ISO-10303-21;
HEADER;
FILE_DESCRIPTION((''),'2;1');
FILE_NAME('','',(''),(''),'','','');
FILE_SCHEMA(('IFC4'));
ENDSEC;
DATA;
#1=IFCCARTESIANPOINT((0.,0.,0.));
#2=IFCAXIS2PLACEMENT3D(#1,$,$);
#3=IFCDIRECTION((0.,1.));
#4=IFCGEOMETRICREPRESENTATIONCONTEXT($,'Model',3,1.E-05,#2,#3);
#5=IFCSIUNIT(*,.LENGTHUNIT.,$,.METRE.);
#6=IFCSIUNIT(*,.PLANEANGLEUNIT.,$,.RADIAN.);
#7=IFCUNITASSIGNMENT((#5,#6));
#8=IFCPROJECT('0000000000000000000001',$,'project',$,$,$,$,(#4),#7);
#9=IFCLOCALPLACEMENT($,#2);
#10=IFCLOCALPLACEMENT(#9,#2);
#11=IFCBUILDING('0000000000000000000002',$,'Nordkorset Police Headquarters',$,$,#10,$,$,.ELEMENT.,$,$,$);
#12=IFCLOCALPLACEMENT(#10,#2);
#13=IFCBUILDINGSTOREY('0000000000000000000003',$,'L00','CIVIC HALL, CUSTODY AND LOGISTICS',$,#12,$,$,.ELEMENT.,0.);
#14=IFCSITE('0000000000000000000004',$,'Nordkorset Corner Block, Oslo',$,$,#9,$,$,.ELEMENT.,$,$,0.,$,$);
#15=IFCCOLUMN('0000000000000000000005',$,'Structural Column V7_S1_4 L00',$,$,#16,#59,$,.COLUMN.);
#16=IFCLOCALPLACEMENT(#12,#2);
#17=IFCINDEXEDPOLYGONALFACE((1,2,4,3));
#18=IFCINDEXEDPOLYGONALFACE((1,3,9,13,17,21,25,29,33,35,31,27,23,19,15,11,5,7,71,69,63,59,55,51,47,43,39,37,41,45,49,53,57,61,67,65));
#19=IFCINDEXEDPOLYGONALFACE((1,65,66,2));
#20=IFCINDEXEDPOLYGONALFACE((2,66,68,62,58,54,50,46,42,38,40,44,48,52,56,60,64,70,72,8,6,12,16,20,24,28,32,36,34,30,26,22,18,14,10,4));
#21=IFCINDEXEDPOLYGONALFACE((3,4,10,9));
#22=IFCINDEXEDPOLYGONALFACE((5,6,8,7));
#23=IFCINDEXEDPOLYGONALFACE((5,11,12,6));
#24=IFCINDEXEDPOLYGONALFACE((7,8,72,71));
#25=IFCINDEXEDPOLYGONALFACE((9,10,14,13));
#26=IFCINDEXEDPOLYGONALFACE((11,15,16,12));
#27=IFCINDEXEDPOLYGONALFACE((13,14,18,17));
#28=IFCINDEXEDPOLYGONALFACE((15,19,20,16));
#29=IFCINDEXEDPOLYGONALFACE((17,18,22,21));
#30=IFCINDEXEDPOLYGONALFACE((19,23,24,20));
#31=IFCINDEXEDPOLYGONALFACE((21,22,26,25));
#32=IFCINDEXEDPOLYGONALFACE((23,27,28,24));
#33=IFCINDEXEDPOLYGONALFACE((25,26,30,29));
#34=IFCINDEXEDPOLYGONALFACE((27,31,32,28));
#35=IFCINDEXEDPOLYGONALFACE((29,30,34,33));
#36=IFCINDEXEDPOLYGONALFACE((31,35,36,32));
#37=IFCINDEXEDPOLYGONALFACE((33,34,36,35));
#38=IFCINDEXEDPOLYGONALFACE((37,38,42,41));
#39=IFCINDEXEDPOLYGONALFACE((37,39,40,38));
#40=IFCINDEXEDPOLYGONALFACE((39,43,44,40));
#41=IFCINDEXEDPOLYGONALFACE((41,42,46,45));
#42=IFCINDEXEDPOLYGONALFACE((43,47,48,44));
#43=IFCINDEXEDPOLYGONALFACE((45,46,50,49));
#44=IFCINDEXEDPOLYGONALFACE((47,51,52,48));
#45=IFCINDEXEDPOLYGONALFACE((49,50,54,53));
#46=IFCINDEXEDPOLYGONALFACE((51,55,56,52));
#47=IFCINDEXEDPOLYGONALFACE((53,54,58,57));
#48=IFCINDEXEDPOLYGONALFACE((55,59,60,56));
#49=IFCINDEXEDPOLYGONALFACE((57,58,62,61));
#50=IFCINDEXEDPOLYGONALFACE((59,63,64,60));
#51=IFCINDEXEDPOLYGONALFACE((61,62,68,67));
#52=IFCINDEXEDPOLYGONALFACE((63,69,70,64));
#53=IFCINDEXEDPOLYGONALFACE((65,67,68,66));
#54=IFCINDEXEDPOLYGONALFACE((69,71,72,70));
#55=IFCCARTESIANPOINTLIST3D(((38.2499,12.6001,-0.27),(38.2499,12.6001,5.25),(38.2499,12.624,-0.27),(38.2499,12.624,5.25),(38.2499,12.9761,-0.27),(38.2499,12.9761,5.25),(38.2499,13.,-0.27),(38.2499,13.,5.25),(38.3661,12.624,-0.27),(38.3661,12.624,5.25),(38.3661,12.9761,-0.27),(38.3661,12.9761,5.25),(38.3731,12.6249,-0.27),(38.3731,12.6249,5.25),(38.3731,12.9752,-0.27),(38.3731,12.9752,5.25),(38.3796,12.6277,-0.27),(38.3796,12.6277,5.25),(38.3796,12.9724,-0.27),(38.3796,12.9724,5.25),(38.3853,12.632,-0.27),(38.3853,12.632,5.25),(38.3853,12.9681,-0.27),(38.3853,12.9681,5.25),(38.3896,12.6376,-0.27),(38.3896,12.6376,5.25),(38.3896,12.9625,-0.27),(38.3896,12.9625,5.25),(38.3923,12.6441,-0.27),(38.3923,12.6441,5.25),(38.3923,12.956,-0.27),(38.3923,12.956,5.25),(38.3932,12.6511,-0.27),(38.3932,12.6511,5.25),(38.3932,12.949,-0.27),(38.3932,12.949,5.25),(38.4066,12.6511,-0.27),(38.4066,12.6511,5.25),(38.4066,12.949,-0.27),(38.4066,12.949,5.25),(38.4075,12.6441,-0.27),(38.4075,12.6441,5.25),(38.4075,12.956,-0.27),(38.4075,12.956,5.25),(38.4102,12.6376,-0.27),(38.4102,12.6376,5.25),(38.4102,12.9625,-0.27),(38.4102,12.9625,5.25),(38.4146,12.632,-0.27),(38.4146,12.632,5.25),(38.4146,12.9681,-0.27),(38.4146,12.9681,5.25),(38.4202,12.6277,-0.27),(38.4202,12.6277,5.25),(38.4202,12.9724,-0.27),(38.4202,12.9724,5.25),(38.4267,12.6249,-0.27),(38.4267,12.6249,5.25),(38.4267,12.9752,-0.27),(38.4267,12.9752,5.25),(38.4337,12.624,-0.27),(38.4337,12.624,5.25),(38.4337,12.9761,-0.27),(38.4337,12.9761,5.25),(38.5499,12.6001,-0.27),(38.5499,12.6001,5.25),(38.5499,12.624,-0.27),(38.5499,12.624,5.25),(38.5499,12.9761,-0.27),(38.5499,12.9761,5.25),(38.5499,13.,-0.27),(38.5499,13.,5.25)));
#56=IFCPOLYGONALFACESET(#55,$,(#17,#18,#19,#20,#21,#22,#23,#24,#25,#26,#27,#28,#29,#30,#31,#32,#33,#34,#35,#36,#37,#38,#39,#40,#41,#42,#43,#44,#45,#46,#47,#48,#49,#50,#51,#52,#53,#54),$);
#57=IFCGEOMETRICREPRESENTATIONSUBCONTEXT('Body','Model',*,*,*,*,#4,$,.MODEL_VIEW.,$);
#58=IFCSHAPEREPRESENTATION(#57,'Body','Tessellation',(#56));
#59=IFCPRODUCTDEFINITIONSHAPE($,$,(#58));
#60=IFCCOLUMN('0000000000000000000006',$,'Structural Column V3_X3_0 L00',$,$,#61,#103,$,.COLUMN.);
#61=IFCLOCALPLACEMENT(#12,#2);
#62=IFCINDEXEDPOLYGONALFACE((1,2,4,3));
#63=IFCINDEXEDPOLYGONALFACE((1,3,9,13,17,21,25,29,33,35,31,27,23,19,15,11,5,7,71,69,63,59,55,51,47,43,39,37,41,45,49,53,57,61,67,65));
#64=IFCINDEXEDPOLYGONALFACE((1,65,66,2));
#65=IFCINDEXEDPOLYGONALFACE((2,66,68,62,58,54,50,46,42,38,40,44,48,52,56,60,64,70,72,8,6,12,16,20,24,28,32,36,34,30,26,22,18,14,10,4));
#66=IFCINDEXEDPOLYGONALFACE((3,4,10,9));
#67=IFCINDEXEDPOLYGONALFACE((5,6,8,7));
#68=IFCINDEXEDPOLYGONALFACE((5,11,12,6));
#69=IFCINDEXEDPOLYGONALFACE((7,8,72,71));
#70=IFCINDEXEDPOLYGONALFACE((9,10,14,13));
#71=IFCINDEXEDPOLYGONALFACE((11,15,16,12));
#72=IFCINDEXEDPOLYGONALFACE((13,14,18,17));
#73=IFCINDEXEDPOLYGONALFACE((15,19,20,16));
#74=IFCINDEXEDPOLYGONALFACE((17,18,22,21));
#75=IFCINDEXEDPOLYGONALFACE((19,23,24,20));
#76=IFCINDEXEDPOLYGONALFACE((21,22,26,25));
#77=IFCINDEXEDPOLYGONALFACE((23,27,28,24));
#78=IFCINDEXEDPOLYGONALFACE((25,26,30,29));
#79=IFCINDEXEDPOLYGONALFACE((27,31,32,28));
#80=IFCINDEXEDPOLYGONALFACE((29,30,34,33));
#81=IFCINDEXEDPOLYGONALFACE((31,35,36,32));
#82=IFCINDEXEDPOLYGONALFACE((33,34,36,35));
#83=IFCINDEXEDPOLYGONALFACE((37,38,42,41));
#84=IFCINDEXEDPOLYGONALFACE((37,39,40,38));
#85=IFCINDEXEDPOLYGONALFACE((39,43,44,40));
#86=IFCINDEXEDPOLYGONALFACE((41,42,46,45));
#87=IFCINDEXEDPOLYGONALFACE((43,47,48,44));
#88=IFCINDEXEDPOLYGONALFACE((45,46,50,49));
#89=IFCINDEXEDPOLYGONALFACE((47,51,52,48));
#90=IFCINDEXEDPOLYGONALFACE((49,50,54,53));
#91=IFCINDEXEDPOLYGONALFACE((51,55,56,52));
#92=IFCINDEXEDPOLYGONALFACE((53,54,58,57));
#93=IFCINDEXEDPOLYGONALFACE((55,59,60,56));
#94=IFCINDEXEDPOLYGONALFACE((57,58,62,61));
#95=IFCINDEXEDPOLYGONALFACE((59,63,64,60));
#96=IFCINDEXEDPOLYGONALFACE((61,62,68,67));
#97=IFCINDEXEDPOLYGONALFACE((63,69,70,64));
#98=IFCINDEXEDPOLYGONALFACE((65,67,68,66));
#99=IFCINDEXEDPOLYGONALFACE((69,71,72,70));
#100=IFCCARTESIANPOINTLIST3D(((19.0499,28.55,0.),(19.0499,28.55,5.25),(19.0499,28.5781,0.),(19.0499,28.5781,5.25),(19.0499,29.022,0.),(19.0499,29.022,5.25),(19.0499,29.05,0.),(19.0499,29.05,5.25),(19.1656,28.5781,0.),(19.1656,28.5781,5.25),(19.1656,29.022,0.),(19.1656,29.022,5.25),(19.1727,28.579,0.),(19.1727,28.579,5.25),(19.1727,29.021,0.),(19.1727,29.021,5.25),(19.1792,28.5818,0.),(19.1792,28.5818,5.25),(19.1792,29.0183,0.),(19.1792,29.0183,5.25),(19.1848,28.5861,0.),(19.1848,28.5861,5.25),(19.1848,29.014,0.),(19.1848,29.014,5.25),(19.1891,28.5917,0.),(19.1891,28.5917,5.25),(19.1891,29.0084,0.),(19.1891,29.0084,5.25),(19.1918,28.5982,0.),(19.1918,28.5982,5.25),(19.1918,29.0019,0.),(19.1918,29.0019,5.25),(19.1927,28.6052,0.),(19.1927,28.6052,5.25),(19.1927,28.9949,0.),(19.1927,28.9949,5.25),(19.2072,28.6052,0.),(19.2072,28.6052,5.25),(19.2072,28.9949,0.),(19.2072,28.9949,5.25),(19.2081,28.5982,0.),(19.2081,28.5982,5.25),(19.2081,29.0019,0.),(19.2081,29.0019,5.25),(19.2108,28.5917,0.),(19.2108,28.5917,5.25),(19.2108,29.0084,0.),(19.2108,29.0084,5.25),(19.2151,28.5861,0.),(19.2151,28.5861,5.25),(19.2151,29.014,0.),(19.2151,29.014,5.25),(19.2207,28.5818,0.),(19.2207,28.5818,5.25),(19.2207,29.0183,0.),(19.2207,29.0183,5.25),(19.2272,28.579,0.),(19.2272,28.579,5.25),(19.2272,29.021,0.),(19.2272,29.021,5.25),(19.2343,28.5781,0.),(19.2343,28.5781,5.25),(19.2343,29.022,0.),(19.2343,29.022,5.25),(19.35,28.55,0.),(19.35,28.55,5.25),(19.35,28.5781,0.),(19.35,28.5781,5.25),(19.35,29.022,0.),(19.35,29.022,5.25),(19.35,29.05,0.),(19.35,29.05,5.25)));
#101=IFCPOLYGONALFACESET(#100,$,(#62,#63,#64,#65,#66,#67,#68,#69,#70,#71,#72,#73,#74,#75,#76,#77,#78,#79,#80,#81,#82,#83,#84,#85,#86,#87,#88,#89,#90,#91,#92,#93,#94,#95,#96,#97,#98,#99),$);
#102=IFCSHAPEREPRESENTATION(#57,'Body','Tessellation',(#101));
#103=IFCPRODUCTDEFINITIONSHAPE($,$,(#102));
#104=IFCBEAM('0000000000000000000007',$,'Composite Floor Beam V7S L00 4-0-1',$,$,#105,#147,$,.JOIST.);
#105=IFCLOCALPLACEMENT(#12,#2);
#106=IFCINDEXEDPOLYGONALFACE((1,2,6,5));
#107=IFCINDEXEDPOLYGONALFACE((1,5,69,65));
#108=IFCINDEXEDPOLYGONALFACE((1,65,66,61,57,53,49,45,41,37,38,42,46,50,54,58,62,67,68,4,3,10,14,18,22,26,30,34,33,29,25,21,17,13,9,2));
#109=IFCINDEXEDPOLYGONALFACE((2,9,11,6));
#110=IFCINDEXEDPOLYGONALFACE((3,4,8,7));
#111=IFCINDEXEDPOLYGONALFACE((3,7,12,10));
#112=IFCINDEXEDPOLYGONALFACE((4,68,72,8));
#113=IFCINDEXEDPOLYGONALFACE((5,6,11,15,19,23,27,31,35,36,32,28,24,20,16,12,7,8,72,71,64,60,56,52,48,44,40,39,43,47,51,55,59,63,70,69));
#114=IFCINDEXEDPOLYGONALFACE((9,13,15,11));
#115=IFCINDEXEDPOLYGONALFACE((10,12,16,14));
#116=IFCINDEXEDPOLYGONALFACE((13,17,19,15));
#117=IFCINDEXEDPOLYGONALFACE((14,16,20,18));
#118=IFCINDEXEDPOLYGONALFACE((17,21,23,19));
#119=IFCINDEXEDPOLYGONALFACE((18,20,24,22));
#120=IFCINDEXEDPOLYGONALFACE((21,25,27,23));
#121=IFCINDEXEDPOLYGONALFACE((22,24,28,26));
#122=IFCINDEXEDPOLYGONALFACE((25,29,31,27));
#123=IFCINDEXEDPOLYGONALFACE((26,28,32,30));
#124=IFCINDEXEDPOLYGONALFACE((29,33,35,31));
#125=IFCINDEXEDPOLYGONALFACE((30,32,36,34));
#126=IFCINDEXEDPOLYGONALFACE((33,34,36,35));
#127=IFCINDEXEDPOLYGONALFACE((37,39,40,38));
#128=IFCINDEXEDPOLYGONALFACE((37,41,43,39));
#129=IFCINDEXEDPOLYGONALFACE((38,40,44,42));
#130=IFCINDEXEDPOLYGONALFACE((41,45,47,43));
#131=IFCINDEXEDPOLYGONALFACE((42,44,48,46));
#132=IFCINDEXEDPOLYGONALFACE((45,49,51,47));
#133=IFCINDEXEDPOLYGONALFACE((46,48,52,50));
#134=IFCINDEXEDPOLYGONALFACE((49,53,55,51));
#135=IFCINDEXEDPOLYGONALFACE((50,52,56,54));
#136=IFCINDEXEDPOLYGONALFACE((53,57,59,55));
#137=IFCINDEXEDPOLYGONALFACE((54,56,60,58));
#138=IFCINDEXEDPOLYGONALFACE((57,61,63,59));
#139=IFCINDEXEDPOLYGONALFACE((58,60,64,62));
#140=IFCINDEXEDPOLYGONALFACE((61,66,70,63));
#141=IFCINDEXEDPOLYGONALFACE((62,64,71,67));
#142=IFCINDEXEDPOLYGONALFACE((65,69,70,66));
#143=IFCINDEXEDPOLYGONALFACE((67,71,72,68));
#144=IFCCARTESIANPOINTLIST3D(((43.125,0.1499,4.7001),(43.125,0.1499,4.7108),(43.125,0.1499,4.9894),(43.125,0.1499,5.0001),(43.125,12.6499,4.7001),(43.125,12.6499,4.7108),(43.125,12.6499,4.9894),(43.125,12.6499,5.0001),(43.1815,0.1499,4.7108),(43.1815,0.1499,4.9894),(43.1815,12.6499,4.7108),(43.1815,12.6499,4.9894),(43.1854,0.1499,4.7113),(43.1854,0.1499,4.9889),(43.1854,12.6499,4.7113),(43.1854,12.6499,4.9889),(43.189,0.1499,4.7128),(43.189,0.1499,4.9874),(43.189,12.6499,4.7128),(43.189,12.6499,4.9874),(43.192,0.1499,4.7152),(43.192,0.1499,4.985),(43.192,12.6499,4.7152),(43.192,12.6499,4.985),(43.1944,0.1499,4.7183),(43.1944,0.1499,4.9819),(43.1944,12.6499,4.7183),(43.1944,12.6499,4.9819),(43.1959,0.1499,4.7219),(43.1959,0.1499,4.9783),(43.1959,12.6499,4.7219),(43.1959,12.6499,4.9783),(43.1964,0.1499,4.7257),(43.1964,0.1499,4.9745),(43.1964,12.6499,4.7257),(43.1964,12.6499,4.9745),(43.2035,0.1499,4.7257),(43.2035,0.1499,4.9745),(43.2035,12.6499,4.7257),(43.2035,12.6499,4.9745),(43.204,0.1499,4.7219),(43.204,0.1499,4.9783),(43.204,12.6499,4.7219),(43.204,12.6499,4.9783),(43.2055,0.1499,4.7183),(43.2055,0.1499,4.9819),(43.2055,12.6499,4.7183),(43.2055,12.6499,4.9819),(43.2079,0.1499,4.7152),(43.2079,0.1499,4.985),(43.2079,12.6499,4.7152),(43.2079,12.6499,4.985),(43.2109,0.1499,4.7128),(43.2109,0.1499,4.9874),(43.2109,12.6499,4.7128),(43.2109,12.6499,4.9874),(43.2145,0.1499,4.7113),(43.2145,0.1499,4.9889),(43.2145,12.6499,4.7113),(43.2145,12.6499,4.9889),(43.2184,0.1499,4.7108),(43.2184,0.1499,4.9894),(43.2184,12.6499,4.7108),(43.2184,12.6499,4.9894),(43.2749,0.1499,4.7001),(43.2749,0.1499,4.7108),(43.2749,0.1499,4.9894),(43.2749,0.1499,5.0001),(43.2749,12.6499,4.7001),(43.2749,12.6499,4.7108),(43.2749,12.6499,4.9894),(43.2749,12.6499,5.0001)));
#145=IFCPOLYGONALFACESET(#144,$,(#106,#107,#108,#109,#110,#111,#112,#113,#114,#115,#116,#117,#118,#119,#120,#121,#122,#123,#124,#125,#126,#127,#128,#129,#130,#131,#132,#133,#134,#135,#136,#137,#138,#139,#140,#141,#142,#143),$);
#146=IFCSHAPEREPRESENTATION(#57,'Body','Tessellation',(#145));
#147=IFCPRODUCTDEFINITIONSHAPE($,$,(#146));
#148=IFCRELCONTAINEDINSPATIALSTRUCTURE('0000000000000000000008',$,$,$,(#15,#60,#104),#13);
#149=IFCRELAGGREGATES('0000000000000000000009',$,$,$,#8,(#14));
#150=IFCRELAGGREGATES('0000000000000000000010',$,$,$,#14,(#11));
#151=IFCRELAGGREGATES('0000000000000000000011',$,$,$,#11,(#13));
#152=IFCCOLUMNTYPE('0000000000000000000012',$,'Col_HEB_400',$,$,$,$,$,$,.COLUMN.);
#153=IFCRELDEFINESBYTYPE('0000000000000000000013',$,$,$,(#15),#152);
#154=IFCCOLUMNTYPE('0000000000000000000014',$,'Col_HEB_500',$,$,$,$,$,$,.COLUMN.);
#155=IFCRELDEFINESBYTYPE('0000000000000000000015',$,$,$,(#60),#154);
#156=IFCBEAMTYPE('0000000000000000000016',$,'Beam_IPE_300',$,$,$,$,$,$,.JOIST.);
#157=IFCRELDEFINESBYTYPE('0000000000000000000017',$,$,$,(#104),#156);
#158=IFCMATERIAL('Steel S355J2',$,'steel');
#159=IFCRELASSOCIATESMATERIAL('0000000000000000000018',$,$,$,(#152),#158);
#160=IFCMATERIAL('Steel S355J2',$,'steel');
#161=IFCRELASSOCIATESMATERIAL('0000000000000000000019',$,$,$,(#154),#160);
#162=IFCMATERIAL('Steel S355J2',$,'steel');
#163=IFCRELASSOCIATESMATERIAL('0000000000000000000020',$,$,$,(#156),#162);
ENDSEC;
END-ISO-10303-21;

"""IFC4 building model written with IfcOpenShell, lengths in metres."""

from ifc_helpers import new_model, si_unit, direction, frame, origin, origin_2d, place, context, subcontext, project, spatial, i_section, extrude, material, material_profile, profile_set, type_object, element, save


model = new_model("IFC4")

# Units and contexts
model_context = context("Model", 3, precision=1e-05, world=origin(), true_north=direction((0.0, 1.0)))
body_context = subcontext(model_context, "Body", "Model", "MODEL_VIEW")
ifc_project = project(units=[si_unit("LENGTHUNIT", "METRE"), si_unit("PLANEANGLEUNIT", "RADIAN")], contexts=[model_context])

# Site, building, storey
site_placement = place(None, origin())
site = spatial("IfcSite", under=ifc_project, at=site_placement, Name="Nordkorset Corner Block, Oslo", CompositionType="ELEMENT", RefElevation=0.0)
building_placement = place(site_placement, origin())
building = spatial("IfcBuilding", under=site, at=building_placement, Name="Nordkorset Police Headquarters", CompositionType="ELEMENT")
storey_placement = place(building_placement, origin())
storey = spatial("IfcBuildingStorey", under=building, at=storey_placement, Name="L00", Description="CIVIC HALL, CUSTODY AND LOGISTICS", CompositionType="ELEMENT", Elevation=0.0)

# Columns
ifc_material_1 = material(Name="Steel S355J2", Category="steel")
ifc_material_profile_1 = material_profile(ifc_material_1, i_section(OverallWidth=0.3, OverallDepth=0.3999, WebThickness=0.0134, FlangeThickness=0.0239, FilletRadius=0.0271, at=origin_2d()), Name="HEB 400")
ifc_profile_set_1 = profile_set([ifc_material_profile_1], Name="Steel S355J2")
column_type_1 = type_object("IfcColumnType", Name="Col_HEB_400", PredefinedType="COLUMN", material=ifc_profile_set_1)
for number, where, z_axis, x_axis, name in (
    (1, (38.3999, 12.8, -0.27), (0.0, 0.0, 1.0), (1.0, 0.0, 0.0), "Structural Column V7_S1_4 L00"),
):
    element("IfcColumn", number, at=place(storey_placement, frame(where, z_axis=z_axis, x_axis=x_axis)), inside=storey, type_object=column_type_1, Name=name, PredefinedType="COLUMN", context=body_context, shape_type="SweptSolid", body=[
        extrude(i_section(OverallWidth=0.3, OverallDepth=0.3999, WebThickness=0.0134, FlangeThickness=0.0239, FilletRadius=0.0271, at=origin_2d()), origin(), (0.0, 0.0, 1.0), 5.52),
    ])
ifc_material_2 = material(Name="Steel S355J2", Category="steel")
ifc_material_profile_2 = material_profile(ifc_material_2, i_section(OverallWidth=0.3, OverallDepth=0.5, WebThickness=0.0144, FlangeThickness=0.0281, FilletRadius=0.0271, at=origin_2d()), Name="HEB 500")
ifc_profile_set_2 = profile_set([ifc_material_profile_2], Name="Steel S355J2")
column_type_2 = type_object("IfcColumnType", Name="Col_HEB_500", PredefinedType="COLUMN", material=ifc_profile_set_2)
column_placement = place(storey_placement, frame((19.2, 28.8, 0.0), z_axis=(0.0, 0.0, 1.0), x_axis=(1.0, 0.0, 0.0)))
element("IfcColumn", 2, at=column_placement, inside=storey, type_object=column_type_2, Name="Structural Column V3_X3_0 L00", PredefinedType="COLUMN", context=body_context, shape_type="SweptSolid", body=[
    extrude(i_section(OverallWidth=0.3, OverallDepth=0.5, WebThickness=0.0144, FlangeThickness=0.0281, FilletRadius=0.0271, at=origin_2d()), origin(), (0.0, 0.0, 1.0), 5.25),
])

# Beam
ifc_material_3 = material(Name="Steel S355J2", Category="steel")
ifc_material_profile_3 = material_profile(ifc_material_3, i_section(OverallWidth=0.1499, OverallDepth=0.3, WebThickness=0.0071, FlangeThickness=0.0107, FilletRadius=0.0149, at=origin_2d()), Name="IPE 300")
ifc_profile_set_3 = profile_set([ifc_material_profile_3], Name="Steel S355J2")
beam_type_1 = type_object("IfcBeamType", Name="Beam_IPE_300", PredefinedType="JOIST", material=ifc_profile_set_3)
beam_1_placement = place(storey_placement, frame((43.2, 0.1499, 4.8501), z_axis=(0.0, 1.0, 0.0), x_axis=(-1.0, 0.0, 0.0)))
element("IfcBeam", 3, at=beam_1_placement, inside=storey, type_object=beam_type_1, Name="Composite Floor Beam V7S L00 4-0-1", PredefinedType="JOIST", context=body_context, shape_type="SweptSolid", body=[
    extrude(i_section(OverallWidth=0.1499, OverallDepth=0.3, WebThickness=0.0071, FlangeThickness=0.0107, FilletRadius=0.0149, at=origin_2d()), origin(), (0.0, 0.0, 1.0), 12.5),
])

save(model, "model.ifc")
